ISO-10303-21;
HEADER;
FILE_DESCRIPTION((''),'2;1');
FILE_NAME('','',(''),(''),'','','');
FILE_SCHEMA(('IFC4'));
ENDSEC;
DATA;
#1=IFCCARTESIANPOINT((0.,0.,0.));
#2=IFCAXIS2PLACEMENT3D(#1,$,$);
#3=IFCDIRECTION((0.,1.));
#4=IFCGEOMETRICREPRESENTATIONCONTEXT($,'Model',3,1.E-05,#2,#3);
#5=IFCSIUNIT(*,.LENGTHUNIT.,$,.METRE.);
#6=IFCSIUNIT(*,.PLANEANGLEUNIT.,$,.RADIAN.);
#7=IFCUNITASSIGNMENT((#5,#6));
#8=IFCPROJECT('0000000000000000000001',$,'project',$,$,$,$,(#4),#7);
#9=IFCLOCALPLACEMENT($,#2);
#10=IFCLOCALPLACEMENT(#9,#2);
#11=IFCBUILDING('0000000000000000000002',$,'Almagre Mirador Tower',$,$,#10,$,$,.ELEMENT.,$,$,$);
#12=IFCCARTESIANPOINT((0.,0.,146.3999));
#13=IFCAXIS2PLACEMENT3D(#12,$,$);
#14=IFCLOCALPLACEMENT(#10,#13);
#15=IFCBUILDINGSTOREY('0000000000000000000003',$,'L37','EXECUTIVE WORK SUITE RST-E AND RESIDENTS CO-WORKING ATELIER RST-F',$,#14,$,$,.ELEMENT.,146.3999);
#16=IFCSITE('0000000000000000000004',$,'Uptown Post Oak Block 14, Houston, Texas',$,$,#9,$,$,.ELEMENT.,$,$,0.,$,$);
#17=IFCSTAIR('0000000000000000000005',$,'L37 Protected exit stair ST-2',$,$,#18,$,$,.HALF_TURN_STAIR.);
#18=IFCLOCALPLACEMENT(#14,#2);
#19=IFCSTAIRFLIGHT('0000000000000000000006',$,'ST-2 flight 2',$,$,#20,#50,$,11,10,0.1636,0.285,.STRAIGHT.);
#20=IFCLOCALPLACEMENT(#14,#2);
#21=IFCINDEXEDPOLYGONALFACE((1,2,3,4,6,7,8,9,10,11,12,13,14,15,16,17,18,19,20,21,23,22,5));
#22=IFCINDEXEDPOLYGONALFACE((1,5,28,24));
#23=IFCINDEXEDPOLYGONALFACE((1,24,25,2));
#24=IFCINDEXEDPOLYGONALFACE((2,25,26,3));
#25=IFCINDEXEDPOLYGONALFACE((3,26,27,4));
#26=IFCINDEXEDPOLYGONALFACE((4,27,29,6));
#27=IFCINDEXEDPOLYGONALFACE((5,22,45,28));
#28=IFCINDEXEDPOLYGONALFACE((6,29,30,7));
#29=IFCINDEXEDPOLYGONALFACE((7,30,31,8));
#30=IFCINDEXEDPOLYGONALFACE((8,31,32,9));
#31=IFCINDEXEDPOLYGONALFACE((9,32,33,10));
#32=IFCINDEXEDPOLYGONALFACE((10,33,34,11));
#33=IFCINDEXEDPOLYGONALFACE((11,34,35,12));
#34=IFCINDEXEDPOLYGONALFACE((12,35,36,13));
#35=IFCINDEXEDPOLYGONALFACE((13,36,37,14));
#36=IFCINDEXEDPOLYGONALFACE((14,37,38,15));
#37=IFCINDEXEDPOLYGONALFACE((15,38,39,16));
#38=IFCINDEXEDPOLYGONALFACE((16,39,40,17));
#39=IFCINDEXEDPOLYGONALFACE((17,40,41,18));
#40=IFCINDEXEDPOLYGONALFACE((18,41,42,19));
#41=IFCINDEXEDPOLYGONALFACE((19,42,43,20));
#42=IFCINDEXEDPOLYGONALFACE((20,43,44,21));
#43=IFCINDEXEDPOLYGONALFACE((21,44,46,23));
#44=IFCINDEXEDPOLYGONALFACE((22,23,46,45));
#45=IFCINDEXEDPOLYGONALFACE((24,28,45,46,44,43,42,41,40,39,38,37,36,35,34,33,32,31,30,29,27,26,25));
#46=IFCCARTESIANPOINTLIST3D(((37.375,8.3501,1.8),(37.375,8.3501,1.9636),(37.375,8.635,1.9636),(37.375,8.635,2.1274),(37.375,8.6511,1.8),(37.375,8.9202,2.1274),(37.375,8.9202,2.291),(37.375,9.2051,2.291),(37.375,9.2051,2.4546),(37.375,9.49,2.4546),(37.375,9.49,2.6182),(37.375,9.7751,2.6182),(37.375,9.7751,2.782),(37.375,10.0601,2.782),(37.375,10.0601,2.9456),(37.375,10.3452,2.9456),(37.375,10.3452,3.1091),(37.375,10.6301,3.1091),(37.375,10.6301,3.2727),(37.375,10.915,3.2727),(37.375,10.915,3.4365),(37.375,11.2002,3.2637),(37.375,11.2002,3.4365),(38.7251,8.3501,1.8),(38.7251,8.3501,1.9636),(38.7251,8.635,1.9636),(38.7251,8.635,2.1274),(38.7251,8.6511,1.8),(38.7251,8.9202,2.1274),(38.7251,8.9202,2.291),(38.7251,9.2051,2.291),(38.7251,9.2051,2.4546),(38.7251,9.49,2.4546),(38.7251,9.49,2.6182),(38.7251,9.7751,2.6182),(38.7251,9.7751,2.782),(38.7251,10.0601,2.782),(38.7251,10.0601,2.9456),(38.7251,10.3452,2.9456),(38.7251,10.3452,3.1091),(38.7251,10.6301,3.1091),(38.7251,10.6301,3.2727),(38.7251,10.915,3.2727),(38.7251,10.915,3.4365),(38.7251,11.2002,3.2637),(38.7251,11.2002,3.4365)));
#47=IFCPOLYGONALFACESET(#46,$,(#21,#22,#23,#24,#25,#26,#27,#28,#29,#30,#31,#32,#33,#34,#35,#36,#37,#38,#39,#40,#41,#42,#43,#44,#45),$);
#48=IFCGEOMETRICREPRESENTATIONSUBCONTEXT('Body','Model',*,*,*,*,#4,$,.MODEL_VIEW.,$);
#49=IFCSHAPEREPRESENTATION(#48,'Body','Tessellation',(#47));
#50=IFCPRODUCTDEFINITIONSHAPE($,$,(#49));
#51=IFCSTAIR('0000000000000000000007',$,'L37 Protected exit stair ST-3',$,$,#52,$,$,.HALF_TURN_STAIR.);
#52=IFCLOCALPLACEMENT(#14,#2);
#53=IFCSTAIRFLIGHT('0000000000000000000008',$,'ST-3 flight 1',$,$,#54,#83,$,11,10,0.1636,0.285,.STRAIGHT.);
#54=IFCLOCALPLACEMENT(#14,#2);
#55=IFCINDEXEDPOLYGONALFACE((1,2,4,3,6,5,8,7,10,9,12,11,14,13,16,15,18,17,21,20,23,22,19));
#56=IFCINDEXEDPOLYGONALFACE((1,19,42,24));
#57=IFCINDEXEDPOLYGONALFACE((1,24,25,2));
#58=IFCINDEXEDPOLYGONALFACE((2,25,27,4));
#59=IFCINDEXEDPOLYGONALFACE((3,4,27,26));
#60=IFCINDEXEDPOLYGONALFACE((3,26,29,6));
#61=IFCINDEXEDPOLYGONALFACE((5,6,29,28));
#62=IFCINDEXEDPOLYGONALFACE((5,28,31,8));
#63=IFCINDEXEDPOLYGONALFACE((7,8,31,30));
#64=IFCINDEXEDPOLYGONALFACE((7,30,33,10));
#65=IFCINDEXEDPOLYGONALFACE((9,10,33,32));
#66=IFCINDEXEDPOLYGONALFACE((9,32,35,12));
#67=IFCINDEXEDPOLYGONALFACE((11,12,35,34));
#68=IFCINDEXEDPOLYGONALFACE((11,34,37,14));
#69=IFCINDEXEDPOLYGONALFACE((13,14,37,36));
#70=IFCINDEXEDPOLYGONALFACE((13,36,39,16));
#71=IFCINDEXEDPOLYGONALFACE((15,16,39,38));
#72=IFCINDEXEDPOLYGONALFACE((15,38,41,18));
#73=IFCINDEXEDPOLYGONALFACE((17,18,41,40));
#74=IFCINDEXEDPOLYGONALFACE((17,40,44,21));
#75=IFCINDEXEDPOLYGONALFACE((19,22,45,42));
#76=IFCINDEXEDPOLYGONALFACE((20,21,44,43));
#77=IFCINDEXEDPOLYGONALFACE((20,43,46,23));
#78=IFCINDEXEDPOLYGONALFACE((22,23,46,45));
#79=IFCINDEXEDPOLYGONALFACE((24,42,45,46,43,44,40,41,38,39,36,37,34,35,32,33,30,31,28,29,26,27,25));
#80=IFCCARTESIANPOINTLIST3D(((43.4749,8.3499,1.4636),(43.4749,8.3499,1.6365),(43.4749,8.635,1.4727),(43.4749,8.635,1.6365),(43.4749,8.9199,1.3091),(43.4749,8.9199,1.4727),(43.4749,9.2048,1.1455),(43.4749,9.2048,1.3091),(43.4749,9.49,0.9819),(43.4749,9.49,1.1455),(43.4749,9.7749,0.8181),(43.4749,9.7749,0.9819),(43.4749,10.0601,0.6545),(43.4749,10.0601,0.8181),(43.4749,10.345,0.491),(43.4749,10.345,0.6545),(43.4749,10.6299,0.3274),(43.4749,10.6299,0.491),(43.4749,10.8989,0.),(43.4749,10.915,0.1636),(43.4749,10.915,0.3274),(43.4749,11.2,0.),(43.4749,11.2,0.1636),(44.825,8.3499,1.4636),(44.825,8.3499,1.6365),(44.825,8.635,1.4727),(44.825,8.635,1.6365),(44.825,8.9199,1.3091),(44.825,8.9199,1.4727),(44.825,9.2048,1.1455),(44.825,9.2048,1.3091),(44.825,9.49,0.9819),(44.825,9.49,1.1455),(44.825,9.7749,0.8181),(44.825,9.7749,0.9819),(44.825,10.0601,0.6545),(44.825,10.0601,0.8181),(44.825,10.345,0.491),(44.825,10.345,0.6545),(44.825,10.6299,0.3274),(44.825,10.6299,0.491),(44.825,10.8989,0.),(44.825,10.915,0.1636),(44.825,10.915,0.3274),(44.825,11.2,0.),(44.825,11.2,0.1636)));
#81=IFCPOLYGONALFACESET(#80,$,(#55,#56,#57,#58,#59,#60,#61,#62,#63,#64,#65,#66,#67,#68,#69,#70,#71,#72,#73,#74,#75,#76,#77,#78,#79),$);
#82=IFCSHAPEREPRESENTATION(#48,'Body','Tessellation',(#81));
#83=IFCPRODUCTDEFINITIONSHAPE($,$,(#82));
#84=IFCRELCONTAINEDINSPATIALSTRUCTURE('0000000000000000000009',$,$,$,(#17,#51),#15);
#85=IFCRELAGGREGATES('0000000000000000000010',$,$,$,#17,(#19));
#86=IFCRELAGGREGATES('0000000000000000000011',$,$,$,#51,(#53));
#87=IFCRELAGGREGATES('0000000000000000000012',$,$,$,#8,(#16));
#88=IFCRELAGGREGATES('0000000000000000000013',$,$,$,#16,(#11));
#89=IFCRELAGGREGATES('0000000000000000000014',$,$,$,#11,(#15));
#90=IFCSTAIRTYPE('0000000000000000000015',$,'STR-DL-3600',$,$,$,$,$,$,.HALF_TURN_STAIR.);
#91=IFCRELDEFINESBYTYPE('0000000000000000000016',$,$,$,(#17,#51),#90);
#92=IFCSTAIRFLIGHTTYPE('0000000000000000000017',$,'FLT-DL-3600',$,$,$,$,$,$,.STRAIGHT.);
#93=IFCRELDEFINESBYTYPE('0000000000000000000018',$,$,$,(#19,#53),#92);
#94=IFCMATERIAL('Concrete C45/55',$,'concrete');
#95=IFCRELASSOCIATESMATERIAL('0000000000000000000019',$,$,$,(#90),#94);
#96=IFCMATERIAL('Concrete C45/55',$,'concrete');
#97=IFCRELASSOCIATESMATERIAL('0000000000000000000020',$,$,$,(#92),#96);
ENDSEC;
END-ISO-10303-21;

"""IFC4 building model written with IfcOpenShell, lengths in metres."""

from ifc_helpers import new_model, si_unit, direction, frame, origin, place, context, subcontext, project, spatial, polyline, outline, extrude, material, type_object, element, aggregate, save


model = new_model("IFC4")

# Units and contexts
model_context = context("Model", 3, precision=1e-05, world=origin(), true_north=direction((0.0, 1.0)))
body_context = subcontext(model_context, "Body", "Model", "MODEL_VIEW")
ifc_project = project(units=[si_unit("LENGTHUNIT", "METRE"), si_unit("PLANEANGLEUNIT", "RADIAN")], contexts=[model_context])

# Site, building, storey
site_placement = place(None, origin())
site = spatial("IfcSite", under=ifc_project, at=site_placement, Name="Uptown Post Oak Block 14, Houston, Texas", CompositionType="ELEMENT", RefElevation=0.0)
building_placement = place(site_placement, origin())
building = spatial("IfcBuilding", under=site, at=building_placement, Name="Almagre Mirador Tower", CompositionType="ELEMENT")
storey_placement = place(building_placement, frame((0.0, 0.0, 146.3999)))
storey = spatial("IfcBuildingStorey", under=building, at=storey_placement, Name="L37", Description="EXECUTIVE WORK SUITE RST-E AND RESIDENTS CO-WORKING ATELIER RST-F", CompositionType="ELEMENT", Elevation=146.3999)

# Stair, stair flight
ifc_material_1 = material(Name="Concrete C45/55", Category="concrete")
stair_type = type_object("IfcStairType", Name="STR-DL-3600", PredefinedType="HALF_TURN_STAIR", material=ifc_material_1)
stair_1_placement = place(storey_placement, origin())
stair_1 = element("IfcStair", 1, at=stair_1_placement, inside=storey, type_object=stair_type, Name="L37 Protected exit stair ST-2", PredefinedType="HALF_TURN_STAIR")
ifc_material_2 = material(Name="Concrete C45/55", Category="concrete")
stair_flight_type = type_object("IfcStairFlightType", Name="FLT-DL-3600", PredefinedType="STRAIGHT", material=ifc_material_2)
stair_flight_1_placement = place(storey_placement, frame((38.05, 8.3501, 1.8), z_axis=(0.0, 0.0, 1.0), x_axis=(0.0, 1.0, 0.0)))
stair_flight_1 = element("IfcStairFlight", 2, at=stair_flight_1_placement, type_object=stair_flight_type, Name="ST-2 flight 2", NumberOfRisers=11, NumberOfTreads=10, PredefinedType="STRAIGHT", RiserHeight=0.1636, TreadLength=0.285, context=body_context, shape_type="SweptSolid", body=[
    extrude(outline(polyline([(0.0, 0.0), (0.0, 0.1636), (0.2849, 0.1636), (0.2849, 0.3274), (0.5701, 0.3274), (0.5701, 0.491), (0.855, 0.491), (0.855, 0.6545), (1.1399, 0.6545), (1.1399, 0.8181), (1.425, 0.8181), (1.425, 0.9819), (1.71, 0.9819), (1.71, 1.1455), (1.9951, 1.1455), (1.9951, 1.3091), (2.28, 1.3091), (2.28, 1.4727), (2.5649, 1.4727), (2.5649, 1.6365), (2.8501, 1.6365), (2.8501, 1.8), (2.8501, 1.4636), (0.301, 0.0), (0.0, 0.0)])), frame((0.0, 0.675, 0.0), z_axis=(0.0, -1.0, 0.0), x_axis=(1.0, 0.0, 0.0)), (0.0, 0.0, 1.0), 1.3501),
])
aggregate(stair_1, [stair_flight_1])

# Stair, stair flight
stair_2_placement = place(storey_placement, origin())
stair_2 = element("IfcStair", 3, at=stair_2_placement, inside=storey, type_object=stair_type, Name="L37 Protected exit stair ST-3", PredefinedType="HALF_TURN_STAIR")
stair_flight_2_placement = place(storey_placement, frame((44.1499, 11.2, 0.0), z_axis=(0.0, 0.0, 1.0), x_axis=(0.0, -1.0, 0.0)))
stair_flight_2 = element("IfcStairFlight", 4, at=stair_flight_2_placement, type_object=stair_flight_type, Name="ST-3 flight 1", NumberOfRisers=11, NumberOfTreads=10, PredefinedType="STRAIGHT", RiserHeight=0.1636, TreadLength=0.285, context=body_context, shape_type="SweptSolid", body=[
    extrude(outline(polyline([(0.0, 0.0), (0.0, 0.1636), (0.2849, 0.1636), (0.2849, 0.3274), (0.5701, 0.3274), (0.5701, 0.491), (0.855, 0.491), (0.855, 0.6545), (1.1399, 0.6545), (1.1399, 0.8181), (1.425, 0.8181), (1.425, 0.9819), (1.71, 0.9819), (1.71, 1.1455), (1.9951, 1.1455), (1.9951, 1.3091), (2.28, 1.3091), (2.28, 1.4727), (2.5649, 1.4727), (2.5649, 1.6365), (2.8501, 1.6365), (2.8501, 1.8), (2.8501, 1.4636), (0.301, 0.0), (0.0, 0.0)])), frame((0.0, 0.675, 0.0), z_axis=(0.0, -1.0, 0.0), x_axis=(1.0, 0.0, 0.0)), (0.0, 0.0, 1.0), 1.3501),
])
aggregate(stair_2, [stair_flight_2])

save(model, "model.ifc")
